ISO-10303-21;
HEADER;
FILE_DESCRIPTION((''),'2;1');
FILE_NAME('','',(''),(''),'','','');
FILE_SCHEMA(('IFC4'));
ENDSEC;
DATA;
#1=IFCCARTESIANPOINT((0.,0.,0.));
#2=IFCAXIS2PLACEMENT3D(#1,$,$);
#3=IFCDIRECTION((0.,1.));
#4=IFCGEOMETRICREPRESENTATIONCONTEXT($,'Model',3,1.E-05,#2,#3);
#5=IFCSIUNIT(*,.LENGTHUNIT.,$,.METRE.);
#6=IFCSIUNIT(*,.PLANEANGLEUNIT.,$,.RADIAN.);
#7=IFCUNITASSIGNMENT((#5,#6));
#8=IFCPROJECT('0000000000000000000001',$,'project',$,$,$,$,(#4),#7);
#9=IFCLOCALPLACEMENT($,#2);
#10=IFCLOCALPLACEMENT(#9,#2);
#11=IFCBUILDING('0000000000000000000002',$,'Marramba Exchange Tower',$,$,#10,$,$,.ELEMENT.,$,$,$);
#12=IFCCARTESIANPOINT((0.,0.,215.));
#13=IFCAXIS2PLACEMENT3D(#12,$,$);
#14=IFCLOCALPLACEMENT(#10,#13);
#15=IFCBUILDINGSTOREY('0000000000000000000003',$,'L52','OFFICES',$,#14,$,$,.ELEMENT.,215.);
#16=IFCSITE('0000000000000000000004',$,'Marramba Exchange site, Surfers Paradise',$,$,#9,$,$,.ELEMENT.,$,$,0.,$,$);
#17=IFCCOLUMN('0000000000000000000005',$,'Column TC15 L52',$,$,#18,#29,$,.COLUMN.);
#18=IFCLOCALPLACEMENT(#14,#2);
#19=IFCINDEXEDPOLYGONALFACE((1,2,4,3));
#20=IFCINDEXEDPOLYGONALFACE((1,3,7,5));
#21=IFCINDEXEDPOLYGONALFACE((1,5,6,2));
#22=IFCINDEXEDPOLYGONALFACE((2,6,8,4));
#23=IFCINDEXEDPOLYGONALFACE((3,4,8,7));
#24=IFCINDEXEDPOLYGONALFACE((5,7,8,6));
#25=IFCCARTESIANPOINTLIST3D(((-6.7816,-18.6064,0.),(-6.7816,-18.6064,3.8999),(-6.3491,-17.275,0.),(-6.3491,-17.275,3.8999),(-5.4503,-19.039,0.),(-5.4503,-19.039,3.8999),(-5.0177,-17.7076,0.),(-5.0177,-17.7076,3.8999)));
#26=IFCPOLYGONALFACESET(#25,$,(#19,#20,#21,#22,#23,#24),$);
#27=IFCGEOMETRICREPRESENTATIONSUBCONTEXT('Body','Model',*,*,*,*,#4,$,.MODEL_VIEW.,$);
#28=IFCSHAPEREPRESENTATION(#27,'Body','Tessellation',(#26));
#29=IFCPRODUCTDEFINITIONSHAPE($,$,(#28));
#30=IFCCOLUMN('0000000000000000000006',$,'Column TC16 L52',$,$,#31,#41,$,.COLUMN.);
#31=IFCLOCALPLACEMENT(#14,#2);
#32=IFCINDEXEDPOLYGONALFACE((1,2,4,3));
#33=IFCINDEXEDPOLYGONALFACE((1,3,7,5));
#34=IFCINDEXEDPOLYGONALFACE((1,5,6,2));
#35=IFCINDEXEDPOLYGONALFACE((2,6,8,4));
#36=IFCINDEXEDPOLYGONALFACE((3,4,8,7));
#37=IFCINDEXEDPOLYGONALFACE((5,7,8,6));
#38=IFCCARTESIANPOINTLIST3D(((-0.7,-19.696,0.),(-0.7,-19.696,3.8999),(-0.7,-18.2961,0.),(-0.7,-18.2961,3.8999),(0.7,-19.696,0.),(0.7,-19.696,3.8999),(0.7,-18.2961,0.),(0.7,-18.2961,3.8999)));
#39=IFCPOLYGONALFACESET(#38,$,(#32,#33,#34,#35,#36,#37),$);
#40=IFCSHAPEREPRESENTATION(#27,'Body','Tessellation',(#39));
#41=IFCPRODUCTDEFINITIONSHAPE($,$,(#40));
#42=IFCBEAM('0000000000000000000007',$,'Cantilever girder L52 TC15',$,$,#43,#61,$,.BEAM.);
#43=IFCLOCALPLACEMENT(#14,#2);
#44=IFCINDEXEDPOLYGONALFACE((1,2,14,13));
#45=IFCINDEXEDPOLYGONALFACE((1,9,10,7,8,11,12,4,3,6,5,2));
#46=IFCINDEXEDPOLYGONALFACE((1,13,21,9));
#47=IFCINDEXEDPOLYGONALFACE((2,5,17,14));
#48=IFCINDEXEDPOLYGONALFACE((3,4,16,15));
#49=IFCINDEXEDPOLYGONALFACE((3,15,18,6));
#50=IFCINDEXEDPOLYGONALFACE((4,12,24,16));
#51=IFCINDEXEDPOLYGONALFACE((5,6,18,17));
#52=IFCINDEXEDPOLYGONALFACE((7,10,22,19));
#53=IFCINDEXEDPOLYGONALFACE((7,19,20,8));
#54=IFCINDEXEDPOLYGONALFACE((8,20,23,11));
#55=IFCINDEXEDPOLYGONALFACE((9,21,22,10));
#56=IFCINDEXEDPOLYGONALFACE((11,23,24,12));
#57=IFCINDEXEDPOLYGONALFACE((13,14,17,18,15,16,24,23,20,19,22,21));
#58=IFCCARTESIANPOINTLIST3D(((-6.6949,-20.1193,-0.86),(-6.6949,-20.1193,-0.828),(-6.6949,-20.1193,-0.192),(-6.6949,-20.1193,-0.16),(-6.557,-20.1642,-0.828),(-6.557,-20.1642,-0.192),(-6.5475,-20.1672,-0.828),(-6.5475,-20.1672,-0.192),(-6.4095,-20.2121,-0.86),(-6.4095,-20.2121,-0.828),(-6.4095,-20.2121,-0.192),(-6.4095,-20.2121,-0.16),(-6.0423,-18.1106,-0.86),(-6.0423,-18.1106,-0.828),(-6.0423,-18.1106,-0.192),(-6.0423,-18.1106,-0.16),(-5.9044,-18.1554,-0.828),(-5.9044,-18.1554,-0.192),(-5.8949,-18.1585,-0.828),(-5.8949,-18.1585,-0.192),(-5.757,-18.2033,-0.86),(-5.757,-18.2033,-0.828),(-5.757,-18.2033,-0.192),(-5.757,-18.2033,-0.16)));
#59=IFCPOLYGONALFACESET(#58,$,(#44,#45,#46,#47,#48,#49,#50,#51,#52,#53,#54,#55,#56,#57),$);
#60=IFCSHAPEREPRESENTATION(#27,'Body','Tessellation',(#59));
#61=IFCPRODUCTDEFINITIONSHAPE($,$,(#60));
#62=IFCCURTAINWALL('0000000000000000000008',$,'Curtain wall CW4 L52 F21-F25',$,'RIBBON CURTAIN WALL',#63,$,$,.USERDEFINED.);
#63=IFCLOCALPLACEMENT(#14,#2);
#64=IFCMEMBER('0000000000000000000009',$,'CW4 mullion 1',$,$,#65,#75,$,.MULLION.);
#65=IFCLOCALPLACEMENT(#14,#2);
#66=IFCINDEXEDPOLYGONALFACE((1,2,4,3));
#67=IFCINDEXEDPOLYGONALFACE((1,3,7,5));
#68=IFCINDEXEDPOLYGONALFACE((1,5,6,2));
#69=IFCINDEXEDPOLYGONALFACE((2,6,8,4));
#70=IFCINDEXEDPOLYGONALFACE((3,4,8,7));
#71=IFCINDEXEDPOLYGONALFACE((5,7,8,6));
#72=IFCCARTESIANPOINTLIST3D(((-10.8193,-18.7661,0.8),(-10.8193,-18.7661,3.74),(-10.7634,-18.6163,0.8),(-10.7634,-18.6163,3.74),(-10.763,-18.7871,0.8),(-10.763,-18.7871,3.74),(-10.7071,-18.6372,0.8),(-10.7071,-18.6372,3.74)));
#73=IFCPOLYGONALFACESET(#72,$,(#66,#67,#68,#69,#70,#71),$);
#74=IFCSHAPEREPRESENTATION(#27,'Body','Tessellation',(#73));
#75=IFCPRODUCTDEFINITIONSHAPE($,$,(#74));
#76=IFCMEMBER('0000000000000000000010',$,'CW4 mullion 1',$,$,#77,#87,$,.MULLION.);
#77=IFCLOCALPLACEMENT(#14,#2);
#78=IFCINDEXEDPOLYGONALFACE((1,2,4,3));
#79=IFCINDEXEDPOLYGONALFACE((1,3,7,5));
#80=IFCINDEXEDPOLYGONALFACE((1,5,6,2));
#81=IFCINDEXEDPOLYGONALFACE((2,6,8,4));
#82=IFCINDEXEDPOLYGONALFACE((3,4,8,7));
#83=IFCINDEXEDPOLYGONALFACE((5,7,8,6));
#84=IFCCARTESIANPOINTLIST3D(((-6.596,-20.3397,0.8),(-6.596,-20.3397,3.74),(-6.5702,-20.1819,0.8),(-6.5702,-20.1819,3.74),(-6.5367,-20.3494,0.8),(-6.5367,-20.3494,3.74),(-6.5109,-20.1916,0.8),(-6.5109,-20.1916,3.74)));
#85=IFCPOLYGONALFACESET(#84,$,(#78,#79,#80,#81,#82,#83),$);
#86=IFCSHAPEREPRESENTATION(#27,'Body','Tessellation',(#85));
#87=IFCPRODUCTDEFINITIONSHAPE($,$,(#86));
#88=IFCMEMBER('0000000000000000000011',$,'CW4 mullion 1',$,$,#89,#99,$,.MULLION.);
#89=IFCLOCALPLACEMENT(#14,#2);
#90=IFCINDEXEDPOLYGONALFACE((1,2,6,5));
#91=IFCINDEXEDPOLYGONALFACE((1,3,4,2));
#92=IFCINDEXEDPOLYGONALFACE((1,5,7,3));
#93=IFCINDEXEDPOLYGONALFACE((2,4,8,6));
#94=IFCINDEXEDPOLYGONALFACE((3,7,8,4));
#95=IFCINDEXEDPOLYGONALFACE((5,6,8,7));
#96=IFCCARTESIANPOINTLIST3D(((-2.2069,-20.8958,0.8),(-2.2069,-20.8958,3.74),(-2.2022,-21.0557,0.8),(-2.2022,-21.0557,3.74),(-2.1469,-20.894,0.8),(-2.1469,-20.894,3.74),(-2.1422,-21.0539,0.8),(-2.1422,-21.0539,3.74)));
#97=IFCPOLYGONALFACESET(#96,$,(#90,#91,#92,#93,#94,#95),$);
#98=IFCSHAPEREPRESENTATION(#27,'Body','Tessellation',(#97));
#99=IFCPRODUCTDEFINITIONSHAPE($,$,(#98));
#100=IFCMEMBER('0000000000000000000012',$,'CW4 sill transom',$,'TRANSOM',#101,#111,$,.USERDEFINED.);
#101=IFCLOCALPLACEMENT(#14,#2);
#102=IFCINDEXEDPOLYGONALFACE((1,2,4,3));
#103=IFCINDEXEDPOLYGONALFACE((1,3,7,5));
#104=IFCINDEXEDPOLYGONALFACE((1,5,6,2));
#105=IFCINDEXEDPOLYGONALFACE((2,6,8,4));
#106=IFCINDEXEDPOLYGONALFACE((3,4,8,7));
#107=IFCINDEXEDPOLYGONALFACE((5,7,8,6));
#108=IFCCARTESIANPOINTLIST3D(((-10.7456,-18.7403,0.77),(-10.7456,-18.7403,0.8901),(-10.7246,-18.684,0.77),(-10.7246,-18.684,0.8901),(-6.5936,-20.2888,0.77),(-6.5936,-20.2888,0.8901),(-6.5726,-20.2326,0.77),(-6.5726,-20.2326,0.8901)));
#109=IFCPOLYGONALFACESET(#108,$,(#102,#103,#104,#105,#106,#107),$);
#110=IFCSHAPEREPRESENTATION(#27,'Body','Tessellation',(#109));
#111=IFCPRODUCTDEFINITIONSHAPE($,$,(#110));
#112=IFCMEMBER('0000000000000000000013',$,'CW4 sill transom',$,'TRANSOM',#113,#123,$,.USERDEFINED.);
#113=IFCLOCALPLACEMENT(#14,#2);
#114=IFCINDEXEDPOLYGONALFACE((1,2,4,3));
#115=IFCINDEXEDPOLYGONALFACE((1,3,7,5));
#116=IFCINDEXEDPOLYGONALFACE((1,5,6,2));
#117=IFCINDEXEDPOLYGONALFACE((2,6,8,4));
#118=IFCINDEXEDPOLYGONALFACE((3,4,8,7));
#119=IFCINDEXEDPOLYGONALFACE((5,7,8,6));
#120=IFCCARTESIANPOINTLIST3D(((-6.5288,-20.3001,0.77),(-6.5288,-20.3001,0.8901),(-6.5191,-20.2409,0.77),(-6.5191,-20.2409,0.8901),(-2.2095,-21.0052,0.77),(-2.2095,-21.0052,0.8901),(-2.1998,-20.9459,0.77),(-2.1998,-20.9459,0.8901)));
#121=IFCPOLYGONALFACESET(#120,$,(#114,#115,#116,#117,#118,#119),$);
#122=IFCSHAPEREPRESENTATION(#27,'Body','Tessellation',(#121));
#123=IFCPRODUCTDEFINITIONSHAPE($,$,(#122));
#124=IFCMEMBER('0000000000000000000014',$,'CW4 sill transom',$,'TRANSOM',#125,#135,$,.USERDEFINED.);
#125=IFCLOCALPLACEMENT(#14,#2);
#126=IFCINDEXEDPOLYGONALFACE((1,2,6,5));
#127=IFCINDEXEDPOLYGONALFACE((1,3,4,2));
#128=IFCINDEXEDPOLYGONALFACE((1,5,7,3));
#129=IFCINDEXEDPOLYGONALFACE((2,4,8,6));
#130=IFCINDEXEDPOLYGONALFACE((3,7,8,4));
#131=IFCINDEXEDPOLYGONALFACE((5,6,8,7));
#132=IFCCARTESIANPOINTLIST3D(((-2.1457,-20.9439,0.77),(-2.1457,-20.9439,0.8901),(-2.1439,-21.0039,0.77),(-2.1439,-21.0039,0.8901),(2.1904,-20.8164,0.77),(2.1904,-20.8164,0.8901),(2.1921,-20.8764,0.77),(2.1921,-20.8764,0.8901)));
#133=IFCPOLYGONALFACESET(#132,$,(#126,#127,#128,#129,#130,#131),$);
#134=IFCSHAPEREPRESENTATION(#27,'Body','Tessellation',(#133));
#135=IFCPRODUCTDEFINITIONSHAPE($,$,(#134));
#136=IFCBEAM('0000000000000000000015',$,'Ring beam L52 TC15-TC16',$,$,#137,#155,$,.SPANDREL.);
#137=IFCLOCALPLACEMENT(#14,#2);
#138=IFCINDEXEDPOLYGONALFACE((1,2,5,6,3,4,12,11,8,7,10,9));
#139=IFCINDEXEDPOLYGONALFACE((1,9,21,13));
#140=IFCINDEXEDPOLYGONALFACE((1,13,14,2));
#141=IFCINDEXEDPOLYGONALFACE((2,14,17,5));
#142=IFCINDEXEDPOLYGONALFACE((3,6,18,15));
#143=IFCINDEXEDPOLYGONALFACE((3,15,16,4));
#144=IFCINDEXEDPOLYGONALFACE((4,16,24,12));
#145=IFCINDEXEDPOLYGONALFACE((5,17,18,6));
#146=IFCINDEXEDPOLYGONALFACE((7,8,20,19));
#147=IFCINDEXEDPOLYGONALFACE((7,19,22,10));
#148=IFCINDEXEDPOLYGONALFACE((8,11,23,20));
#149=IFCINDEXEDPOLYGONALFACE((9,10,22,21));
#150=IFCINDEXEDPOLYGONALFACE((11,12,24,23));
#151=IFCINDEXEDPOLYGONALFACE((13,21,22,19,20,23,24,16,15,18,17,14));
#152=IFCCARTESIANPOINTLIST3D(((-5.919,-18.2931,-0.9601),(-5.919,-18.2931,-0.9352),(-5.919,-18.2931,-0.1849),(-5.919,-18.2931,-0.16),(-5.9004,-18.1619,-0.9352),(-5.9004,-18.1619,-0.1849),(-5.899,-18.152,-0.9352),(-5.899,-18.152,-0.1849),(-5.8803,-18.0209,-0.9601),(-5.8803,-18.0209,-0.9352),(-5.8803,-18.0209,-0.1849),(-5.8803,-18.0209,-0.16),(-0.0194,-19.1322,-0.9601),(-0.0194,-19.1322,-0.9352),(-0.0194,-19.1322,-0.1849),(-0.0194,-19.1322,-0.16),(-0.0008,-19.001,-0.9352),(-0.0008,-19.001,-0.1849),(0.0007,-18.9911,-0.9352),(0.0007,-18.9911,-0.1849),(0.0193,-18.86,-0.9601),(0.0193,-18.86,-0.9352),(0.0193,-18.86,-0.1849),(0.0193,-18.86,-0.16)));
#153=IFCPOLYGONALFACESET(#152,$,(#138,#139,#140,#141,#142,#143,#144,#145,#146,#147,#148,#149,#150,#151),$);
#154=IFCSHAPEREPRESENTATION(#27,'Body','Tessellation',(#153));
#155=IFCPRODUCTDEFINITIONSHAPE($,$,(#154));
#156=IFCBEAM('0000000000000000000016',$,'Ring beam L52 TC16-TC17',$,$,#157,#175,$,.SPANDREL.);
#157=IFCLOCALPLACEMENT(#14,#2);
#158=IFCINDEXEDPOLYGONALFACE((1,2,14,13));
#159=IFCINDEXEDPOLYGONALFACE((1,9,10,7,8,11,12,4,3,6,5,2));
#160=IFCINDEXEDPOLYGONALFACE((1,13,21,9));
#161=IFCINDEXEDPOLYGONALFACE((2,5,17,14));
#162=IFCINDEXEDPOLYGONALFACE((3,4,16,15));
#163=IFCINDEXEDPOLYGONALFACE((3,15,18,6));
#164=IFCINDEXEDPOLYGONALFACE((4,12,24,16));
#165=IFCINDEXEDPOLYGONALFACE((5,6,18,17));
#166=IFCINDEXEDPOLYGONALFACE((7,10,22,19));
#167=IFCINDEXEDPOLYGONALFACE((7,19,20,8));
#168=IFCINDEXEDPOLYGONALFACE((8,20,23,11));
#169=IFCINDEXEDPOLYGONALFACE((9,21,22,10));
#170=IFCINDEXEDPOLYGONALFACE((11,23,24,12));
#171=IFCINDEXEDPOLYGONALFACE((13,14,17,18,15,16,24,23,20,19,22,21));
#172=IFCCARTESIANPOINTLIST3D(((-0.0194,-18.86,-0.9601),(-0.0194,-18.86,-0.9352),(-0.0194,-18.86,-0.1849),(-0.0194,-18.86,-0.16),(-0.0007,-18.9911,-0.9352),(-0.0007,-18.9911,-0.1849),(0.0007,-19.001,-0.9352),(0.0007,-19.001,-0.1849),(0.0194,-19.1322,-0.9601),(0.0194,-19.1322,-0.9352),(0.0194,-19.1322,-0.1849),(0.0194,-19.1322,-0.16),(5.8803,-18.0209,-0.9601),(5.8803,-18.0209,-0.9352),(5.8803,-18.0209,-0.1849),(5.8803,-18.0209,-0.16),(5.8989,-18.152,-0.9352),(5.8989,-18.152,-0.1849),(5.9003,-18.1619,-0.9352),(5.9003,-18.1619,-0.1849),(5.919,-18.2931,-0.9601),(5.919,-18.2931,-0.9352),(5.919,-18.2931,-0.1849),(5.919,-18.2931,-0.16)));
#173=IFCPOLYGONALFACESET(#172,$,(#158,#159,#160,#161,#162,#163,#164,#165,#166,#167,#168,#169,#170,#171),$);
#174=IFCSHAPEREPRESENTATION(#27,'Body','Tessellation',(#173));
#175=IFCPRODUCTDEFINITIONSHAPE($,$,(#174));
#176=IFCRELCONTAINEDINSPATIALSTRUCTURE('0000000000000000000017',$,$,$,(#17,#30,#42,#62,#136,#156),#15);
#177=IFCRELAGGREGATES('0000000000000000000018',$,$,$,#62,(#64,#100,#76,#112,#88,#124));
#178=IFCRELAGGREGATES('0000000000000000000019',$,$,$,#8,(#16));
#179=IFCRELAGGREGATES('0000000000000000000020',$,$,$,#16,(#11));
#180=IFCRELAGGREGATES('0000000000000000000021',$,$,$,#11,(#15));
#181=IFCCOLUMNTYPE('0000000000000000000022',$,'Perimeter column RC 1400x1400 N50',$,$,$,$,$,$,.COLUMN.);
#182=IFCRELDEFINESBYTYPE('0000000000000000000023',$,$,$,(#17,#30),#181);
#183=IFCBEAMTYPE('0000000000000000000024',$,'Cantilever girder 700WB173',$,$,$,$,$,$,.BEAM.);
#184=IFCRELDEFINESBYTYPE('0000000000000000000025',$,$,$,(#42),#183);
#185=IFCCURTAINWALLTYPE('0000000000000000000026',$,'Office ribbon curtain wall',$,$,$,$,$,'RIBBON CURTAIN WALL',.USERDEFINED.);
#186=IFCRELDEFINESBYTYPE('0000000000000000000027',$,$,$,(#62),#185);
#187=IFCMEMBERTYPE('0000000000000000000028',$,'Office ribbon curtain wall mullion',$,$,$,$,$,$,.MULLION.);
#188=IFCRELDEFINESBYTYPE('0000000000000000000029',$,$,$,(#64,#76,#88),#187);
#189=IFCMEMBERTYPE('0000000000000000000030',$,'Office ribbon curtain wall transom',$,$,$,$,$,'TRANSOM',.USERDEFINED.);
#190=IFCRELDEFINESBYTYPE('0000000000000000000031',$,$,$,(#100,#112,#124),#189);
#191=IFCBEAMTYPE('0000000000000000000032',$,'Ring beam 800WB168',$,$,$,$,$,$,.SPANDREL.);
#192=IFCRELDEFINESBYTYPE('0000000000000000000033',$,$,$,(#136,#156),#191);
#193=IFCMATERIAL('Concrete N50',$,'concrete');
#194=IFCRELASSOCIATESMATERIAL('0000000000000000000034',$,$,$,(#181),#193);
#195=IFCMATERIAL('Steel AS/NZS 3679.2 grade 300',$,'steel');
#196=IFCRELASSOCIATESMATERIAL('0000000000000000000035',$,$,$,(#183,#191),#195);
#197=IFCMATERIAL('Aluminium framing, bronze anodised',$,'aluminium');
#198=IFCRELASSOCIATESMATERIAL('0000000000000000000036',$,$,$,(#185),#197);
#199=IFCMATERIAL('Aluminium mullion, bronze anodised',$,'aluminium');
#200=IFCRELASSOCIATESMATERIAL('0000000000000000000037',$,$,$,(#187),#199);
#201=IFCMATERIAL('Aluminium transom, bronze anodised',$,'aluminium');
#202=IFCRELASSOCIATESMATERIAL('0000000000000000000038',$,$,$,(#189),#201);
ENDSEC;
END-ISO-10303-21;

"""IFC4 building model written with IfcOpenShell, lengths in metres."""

from ifc_helpers import new_model, si_unit, direction, frame, origin, origin_2d, place, context, subcontext, project, spatial, rectangle, i_section, extrude, material, material_profile, profile_set, type_object, element, aggregate, save


model = new_model("IFC4")

# Units and contexts
model_context = context("Model", 3, precision=1e-05, world=origin(), true_north=direction((0.0, 1.0)))
body_context = subcontext(model_context, "Body", "Model", "MODEL_VIEW")
ifc_project = project(units=[si_unit("LENGTHUNIT", "METRE"), si_unit("PLANEANGLEUNIT", "RADIAN")], contexts=[model_context])

# Site, building, storey
site_placement = place(None, origin())
site = spatial("IfcSite", under=ifc_project, at=site_placement, Name="Marramba Exchange site, Surfers Paradise", CompositionType="ELEMENT", RefElevation=0.0)
building_placement = place(site_placement, origin())
building = spatial("IfcBuilding", under=site, at=building_placement, Name="Marramba Exchange Tower", CompositionType="ELEMENT")
storey_placement = place(building_placement, frame((0.0, 0.0, 215.0)))
storey = spatial("IfcBuildingStorey", under=building, at=storey_placement, Name="L52", Description="OFFICES", CompositionType="ELEMENT", Elevation=215.0)

# Columns
ifc_material_1 = material(Name="Concrete N50", Category="concrete")
ifc_material_profile_1 = material_profile(ifc_material_1, rectangle(XDim=1.3999, YDim=1.3999, at=origin_2d()), Name="RC 1400x1400")
ifc_profile_set_1 = profile_set([ifc_material_profile_1], Name="Concrete N50")
column_type = type_object("IfcColumnType", Name="Perimeter column RC 1400x1400 N50", PredefinedType="COLUMN", material=ifc_profile_set_1)
for number, where, z_axis, x_axis, name in (
    (1, (-5.8997, -18.157, 0.0), (0.0, 0.0, 1.0), (-0.309017, -0.951057, 0.0), "Column TC15 L52"),
    (2, (0.0, -18.9961, 0.0), (0.0, 0.0, 1.0), (0.0, -1.0, 0.0), "Column TC16 L52"),
):
    element("IfcColumn", number, at=place(storey_placement, frame(where, z_axis=z_axis, x_axis=x_axis)), inside=storey, type_object=column_type, Name=name, PredefinedType="COLUMN", context=body_context, shape_type="SweptSolid", body=[
        extrude(rectangle(XDim=1.3999, YDim=1.3999, at=origin_2d()), origin(), (0.0, 0.0, 1.0), 3.8999),
    ])

# Beam
ifc_material_2 = material(Name="Steel AS/NZS 3679.2 grade 300", Category="steel")
ifc_material_profile_2 = material_profile(ifc_material_2, i_section(OverallWidth=0.3, OverallDepth=0.7, WebThickness=0.01, FlangeThickness=0.032, at=origin_2d()), Name="700WB173")
ifc_profile_set_2 = profile_set([ifc_material_profile_2], Name="Steel AS/NZS 3679.2 grade 300")
beam_type_1 = type_object("IfcBeamType", Name="Cantilever girder 700WB173", PredefinedType="BEAM", material=ifc_profile_set_2)
beam_1_placement = place(storey_placement, frame((-5.8997, -18.157, -0.51), z_axis=(-0.308971, -0.951071, 0.0), x_axis=(0.951071, -0.308971, 0.0)))
element("IfcBeam", 3, at=beam_1_placement, inside=storey, type_object=beam_type_1, Name="Cantilever girder L52 TC15", PredefinedType="BEAM", context=body_context, shape_type="SweptSolid", body=[
    extrude(i_section(OverallWidth=0.3, OverallDepth=0.7, WebThickness=0.01, FlangeThickness=0.032, at=origin_2d()), origin(), (0.0, 0.0, 1.0), 2.1121),
])

# Curtain wall, members
ifc_material_3 = material(Name="Aluminium framing, bronze anodised", Category="aluminium")
curtain_wall_type = type_object("IfcCurtainWallType", Name="Office ribbon curtain wall", ElementType="RIBBON CURTAIN WALL", PredefinedType="USERDEFINED", material=ifc_material_3)
curtain_wall_1_placement = place(storey_placement, origin())
curtain_wall_1 = element("IfcCurtainWall", 4, at=curtain_wall_1_placement, inside=storey, type_object=curtain_wall_type, Name="Curtain wall CW4 L52 F21-F25", ObjectType="RIBBON CURTAIN WALL", PredefinedType="USERDEFINED")
ifc_material_4 = material(Name="Aluminium mullion, bronze anodised", Category="aluminium")
ifc_material_profile_3 = material_profile(ifc_material_4, rectangle(XDim=0.1599, YDim=0.0601, at=origin_2d()), Name="CW4 mullion 60x160")
ifc_profile_set_3 = profile_set([ifc_material_profile_3], Name="Aluminium mullion, bronze anodised")
member_type_1 = type_object("IfcMemberType", Name="Office ribbon curtain wall mullion", PredefinedType="MULLION", material=ifc_profile_set_3)
member_1_placement = place(storey_placement, frame((-10.7632, -18.7017, 0.8), z_axis=(0.0, 0.0, 1.0), x_axis=(0.349459, 0.936952, 0.0)))
member_1 = element("IfcMember", 5, at=member_1_placement, type_object=member_type_1, Name="CW4 mullion 1", PredefinedType="MULLION", context=body_context, shape_type="SweptSolid", body=[
    extrude(rectangle(XDim=0.1599, YDim=0.0601, at=origin_2d()), origin(), (0.0, 0.0, 1.0), 2.9399),
])
member_2_placement = place(storey_placement, frame((-6.5535, -20.2656, 0.8), z_axis=(0.0, 0.0, 1.0), x_axis=(0.161146, 0.986931, 0.0)))
member_2 = element("IfcMember", 6, at=member_2_placement, type_object=member_type_1, Name="CW4 mullion 1", PredefinedType="MULLION", context=body_context, shape_type="SweptSolid", body=[
    extrude(rectangle(XDim=0.1599, YDim=0.0601, at=origin_2d()), origin(), (0.0, 0.0, 1.0), 2.9399),
])
member_3_placement = place(storey_placement, frame((-2.1746, -20.9749, 0.8), z_axis=(0.0, 0.0, 1.0), x_axis=(-0.029393, 0.999568, 0.0)))
member_3 = element("IfcMember", 7, at=member_3_placement, type_object=member_type_1, Name="CW4 mullion 1", PredefinedType="MULLION", context=body_context, shape_type="SweptSolid", body=[
    extrude(rectangle(XDim=0.1599, YDim=0.0601, at=origin_2d()), origin(), (0.0, 0.0, 1.0), 2.9399),
])
ifc_material_5 = material(Name="Aluminium transom, bronze anodised", Category="aluminium")
ifc_material_profile_4 = material_profile(ifc_material_5, rectangle(XDim=0.0601, YDim=0.1201, at=origin_2d()), Name="CW4 transom 60x120")
ifc_profile_set_4 = profile_set([ifc_material_profile_4], Name="Aluminium transom, bronze anodised")
member_type_2 = type_object("IfcMemberType", Name="Office ribbon curtain wall transom", ElementType="TRANSOM", PredefinedType="USERDEFINED", material=ifc_profile_set_4)
member_4_placement = place(storey_placement, frame((-10.7351, -18.7122, 0.8301), z_axis=(0.936955, -0.34945, 0.0), x_axis=(0.34945, 0.936955, 0.0)))
member_4 = element("IfcMember", 8, at=member_4_placement, type_object=member_type_2, Name="CW4 sill transom", ObjectType="TRANSOM", PredefinedType="USERDEFINED", context=body_context, shape_type="SweptSolid", body=[
    extrude(rectangle(XDim=0.0601, YDim=0.1201, at=origin_2d()), origin(), (0.0, 0.0, 1.0), 4.4314),
])
member_5_placement = place(storey_placement, frame((-6.5239, -20.2705, 0.8301), z_axis=(0.986937, -0.161105, 0.0), x_axis=(0.161105, 0.986937, 0.0)))
member_5 = element("IfcMember", 9, at=member_5_placement, type_object=member_type_2, Name="CW4 sill transom", ObjectType="TRANSOM", PredefinedType="USERDEFINED", context=body_context, shape_type="SweptSolid", body=[
    extrude(rectangle(XDim=0.0601, YDim=0.1201, at=origin_2d()), origin(), (0.0, 0.0, 1.0), 4.3765),
])
member_6_placement = place(storey_placement, frame((-2.1448, -20.9739, 0.8301), z_axis=(0.999568, 0.029379, 0.0), x_axis=(-0.029379, 0.999568, 0.0)))
member_6 = element("IfcMember", 10, at=member_6_placement, type_object=member_type_2, Name="CW4 sill transom", ObjectType="TRANSOM", PredefinedType="USERDEFINED", context=body_context, shape_type="SweptSolid", body=[
    extrude(rectangle(XDim=0.0601, YDim=0.1201, at=origin_2d()), origin(), (0.0, 0.0, 1.0), 4.3379),
])

# Beams
ifc_material_profile_5 = material_profile(ifc_material_2, i_section(OverallWidth=0.2749, OverallDepth=0.8, WebThickness=0.01, FlangeThickness=0.0249, at=origin_2d()), Name="800WB168")
ifc_profile_set_5 = profile_set([ifc_material_profile_5], Name="Steel AS/NZS 3679.2 grade 300")
beam_type_2 = type_object("IfcBeamType", Name="Ring beam 800WB168", PredefinedType="SPANDREL", material=ifc_profile_set_5)
for number, where, z_axis, x_axis, name in (
    (11, (-5.8997, -18.157, -0.5601), (0.990036, -0.140813, 0.0), (0.140813, 0.990036, 0.0), "Ring beam L52 TC15-TC16"),
    (12, (0.0, -18.9961, -0.5601), (0.990036, 0.140813, 0.0), (-0.140813, 0.990036, 0.0), "Ring beam L52 TC16-TC17"),
):
    element("IfcBeam", number, at=place(storey_placement, frame(where, z_axis=z_axis, x_axis=x_axis)), inside=storey, type_object=beam_type_2, Name=name, PredefinedType="SPANDREL", context=body_context, shape_type="SweptSolid", body=[
        extrude(i_section(OverallWidth=0.2749, OverallDepth=0.8, WebThickness=0.01, FlangeThickness=0.0249, at=origin_2d()), origin(), (0.0, 0.0, 1.0), 5.959),
    ])

aggregate(curtain_wall_1, [member_1, member_4, member_2, member_5, member_3, member_6])

save(model, "model.ifc")
